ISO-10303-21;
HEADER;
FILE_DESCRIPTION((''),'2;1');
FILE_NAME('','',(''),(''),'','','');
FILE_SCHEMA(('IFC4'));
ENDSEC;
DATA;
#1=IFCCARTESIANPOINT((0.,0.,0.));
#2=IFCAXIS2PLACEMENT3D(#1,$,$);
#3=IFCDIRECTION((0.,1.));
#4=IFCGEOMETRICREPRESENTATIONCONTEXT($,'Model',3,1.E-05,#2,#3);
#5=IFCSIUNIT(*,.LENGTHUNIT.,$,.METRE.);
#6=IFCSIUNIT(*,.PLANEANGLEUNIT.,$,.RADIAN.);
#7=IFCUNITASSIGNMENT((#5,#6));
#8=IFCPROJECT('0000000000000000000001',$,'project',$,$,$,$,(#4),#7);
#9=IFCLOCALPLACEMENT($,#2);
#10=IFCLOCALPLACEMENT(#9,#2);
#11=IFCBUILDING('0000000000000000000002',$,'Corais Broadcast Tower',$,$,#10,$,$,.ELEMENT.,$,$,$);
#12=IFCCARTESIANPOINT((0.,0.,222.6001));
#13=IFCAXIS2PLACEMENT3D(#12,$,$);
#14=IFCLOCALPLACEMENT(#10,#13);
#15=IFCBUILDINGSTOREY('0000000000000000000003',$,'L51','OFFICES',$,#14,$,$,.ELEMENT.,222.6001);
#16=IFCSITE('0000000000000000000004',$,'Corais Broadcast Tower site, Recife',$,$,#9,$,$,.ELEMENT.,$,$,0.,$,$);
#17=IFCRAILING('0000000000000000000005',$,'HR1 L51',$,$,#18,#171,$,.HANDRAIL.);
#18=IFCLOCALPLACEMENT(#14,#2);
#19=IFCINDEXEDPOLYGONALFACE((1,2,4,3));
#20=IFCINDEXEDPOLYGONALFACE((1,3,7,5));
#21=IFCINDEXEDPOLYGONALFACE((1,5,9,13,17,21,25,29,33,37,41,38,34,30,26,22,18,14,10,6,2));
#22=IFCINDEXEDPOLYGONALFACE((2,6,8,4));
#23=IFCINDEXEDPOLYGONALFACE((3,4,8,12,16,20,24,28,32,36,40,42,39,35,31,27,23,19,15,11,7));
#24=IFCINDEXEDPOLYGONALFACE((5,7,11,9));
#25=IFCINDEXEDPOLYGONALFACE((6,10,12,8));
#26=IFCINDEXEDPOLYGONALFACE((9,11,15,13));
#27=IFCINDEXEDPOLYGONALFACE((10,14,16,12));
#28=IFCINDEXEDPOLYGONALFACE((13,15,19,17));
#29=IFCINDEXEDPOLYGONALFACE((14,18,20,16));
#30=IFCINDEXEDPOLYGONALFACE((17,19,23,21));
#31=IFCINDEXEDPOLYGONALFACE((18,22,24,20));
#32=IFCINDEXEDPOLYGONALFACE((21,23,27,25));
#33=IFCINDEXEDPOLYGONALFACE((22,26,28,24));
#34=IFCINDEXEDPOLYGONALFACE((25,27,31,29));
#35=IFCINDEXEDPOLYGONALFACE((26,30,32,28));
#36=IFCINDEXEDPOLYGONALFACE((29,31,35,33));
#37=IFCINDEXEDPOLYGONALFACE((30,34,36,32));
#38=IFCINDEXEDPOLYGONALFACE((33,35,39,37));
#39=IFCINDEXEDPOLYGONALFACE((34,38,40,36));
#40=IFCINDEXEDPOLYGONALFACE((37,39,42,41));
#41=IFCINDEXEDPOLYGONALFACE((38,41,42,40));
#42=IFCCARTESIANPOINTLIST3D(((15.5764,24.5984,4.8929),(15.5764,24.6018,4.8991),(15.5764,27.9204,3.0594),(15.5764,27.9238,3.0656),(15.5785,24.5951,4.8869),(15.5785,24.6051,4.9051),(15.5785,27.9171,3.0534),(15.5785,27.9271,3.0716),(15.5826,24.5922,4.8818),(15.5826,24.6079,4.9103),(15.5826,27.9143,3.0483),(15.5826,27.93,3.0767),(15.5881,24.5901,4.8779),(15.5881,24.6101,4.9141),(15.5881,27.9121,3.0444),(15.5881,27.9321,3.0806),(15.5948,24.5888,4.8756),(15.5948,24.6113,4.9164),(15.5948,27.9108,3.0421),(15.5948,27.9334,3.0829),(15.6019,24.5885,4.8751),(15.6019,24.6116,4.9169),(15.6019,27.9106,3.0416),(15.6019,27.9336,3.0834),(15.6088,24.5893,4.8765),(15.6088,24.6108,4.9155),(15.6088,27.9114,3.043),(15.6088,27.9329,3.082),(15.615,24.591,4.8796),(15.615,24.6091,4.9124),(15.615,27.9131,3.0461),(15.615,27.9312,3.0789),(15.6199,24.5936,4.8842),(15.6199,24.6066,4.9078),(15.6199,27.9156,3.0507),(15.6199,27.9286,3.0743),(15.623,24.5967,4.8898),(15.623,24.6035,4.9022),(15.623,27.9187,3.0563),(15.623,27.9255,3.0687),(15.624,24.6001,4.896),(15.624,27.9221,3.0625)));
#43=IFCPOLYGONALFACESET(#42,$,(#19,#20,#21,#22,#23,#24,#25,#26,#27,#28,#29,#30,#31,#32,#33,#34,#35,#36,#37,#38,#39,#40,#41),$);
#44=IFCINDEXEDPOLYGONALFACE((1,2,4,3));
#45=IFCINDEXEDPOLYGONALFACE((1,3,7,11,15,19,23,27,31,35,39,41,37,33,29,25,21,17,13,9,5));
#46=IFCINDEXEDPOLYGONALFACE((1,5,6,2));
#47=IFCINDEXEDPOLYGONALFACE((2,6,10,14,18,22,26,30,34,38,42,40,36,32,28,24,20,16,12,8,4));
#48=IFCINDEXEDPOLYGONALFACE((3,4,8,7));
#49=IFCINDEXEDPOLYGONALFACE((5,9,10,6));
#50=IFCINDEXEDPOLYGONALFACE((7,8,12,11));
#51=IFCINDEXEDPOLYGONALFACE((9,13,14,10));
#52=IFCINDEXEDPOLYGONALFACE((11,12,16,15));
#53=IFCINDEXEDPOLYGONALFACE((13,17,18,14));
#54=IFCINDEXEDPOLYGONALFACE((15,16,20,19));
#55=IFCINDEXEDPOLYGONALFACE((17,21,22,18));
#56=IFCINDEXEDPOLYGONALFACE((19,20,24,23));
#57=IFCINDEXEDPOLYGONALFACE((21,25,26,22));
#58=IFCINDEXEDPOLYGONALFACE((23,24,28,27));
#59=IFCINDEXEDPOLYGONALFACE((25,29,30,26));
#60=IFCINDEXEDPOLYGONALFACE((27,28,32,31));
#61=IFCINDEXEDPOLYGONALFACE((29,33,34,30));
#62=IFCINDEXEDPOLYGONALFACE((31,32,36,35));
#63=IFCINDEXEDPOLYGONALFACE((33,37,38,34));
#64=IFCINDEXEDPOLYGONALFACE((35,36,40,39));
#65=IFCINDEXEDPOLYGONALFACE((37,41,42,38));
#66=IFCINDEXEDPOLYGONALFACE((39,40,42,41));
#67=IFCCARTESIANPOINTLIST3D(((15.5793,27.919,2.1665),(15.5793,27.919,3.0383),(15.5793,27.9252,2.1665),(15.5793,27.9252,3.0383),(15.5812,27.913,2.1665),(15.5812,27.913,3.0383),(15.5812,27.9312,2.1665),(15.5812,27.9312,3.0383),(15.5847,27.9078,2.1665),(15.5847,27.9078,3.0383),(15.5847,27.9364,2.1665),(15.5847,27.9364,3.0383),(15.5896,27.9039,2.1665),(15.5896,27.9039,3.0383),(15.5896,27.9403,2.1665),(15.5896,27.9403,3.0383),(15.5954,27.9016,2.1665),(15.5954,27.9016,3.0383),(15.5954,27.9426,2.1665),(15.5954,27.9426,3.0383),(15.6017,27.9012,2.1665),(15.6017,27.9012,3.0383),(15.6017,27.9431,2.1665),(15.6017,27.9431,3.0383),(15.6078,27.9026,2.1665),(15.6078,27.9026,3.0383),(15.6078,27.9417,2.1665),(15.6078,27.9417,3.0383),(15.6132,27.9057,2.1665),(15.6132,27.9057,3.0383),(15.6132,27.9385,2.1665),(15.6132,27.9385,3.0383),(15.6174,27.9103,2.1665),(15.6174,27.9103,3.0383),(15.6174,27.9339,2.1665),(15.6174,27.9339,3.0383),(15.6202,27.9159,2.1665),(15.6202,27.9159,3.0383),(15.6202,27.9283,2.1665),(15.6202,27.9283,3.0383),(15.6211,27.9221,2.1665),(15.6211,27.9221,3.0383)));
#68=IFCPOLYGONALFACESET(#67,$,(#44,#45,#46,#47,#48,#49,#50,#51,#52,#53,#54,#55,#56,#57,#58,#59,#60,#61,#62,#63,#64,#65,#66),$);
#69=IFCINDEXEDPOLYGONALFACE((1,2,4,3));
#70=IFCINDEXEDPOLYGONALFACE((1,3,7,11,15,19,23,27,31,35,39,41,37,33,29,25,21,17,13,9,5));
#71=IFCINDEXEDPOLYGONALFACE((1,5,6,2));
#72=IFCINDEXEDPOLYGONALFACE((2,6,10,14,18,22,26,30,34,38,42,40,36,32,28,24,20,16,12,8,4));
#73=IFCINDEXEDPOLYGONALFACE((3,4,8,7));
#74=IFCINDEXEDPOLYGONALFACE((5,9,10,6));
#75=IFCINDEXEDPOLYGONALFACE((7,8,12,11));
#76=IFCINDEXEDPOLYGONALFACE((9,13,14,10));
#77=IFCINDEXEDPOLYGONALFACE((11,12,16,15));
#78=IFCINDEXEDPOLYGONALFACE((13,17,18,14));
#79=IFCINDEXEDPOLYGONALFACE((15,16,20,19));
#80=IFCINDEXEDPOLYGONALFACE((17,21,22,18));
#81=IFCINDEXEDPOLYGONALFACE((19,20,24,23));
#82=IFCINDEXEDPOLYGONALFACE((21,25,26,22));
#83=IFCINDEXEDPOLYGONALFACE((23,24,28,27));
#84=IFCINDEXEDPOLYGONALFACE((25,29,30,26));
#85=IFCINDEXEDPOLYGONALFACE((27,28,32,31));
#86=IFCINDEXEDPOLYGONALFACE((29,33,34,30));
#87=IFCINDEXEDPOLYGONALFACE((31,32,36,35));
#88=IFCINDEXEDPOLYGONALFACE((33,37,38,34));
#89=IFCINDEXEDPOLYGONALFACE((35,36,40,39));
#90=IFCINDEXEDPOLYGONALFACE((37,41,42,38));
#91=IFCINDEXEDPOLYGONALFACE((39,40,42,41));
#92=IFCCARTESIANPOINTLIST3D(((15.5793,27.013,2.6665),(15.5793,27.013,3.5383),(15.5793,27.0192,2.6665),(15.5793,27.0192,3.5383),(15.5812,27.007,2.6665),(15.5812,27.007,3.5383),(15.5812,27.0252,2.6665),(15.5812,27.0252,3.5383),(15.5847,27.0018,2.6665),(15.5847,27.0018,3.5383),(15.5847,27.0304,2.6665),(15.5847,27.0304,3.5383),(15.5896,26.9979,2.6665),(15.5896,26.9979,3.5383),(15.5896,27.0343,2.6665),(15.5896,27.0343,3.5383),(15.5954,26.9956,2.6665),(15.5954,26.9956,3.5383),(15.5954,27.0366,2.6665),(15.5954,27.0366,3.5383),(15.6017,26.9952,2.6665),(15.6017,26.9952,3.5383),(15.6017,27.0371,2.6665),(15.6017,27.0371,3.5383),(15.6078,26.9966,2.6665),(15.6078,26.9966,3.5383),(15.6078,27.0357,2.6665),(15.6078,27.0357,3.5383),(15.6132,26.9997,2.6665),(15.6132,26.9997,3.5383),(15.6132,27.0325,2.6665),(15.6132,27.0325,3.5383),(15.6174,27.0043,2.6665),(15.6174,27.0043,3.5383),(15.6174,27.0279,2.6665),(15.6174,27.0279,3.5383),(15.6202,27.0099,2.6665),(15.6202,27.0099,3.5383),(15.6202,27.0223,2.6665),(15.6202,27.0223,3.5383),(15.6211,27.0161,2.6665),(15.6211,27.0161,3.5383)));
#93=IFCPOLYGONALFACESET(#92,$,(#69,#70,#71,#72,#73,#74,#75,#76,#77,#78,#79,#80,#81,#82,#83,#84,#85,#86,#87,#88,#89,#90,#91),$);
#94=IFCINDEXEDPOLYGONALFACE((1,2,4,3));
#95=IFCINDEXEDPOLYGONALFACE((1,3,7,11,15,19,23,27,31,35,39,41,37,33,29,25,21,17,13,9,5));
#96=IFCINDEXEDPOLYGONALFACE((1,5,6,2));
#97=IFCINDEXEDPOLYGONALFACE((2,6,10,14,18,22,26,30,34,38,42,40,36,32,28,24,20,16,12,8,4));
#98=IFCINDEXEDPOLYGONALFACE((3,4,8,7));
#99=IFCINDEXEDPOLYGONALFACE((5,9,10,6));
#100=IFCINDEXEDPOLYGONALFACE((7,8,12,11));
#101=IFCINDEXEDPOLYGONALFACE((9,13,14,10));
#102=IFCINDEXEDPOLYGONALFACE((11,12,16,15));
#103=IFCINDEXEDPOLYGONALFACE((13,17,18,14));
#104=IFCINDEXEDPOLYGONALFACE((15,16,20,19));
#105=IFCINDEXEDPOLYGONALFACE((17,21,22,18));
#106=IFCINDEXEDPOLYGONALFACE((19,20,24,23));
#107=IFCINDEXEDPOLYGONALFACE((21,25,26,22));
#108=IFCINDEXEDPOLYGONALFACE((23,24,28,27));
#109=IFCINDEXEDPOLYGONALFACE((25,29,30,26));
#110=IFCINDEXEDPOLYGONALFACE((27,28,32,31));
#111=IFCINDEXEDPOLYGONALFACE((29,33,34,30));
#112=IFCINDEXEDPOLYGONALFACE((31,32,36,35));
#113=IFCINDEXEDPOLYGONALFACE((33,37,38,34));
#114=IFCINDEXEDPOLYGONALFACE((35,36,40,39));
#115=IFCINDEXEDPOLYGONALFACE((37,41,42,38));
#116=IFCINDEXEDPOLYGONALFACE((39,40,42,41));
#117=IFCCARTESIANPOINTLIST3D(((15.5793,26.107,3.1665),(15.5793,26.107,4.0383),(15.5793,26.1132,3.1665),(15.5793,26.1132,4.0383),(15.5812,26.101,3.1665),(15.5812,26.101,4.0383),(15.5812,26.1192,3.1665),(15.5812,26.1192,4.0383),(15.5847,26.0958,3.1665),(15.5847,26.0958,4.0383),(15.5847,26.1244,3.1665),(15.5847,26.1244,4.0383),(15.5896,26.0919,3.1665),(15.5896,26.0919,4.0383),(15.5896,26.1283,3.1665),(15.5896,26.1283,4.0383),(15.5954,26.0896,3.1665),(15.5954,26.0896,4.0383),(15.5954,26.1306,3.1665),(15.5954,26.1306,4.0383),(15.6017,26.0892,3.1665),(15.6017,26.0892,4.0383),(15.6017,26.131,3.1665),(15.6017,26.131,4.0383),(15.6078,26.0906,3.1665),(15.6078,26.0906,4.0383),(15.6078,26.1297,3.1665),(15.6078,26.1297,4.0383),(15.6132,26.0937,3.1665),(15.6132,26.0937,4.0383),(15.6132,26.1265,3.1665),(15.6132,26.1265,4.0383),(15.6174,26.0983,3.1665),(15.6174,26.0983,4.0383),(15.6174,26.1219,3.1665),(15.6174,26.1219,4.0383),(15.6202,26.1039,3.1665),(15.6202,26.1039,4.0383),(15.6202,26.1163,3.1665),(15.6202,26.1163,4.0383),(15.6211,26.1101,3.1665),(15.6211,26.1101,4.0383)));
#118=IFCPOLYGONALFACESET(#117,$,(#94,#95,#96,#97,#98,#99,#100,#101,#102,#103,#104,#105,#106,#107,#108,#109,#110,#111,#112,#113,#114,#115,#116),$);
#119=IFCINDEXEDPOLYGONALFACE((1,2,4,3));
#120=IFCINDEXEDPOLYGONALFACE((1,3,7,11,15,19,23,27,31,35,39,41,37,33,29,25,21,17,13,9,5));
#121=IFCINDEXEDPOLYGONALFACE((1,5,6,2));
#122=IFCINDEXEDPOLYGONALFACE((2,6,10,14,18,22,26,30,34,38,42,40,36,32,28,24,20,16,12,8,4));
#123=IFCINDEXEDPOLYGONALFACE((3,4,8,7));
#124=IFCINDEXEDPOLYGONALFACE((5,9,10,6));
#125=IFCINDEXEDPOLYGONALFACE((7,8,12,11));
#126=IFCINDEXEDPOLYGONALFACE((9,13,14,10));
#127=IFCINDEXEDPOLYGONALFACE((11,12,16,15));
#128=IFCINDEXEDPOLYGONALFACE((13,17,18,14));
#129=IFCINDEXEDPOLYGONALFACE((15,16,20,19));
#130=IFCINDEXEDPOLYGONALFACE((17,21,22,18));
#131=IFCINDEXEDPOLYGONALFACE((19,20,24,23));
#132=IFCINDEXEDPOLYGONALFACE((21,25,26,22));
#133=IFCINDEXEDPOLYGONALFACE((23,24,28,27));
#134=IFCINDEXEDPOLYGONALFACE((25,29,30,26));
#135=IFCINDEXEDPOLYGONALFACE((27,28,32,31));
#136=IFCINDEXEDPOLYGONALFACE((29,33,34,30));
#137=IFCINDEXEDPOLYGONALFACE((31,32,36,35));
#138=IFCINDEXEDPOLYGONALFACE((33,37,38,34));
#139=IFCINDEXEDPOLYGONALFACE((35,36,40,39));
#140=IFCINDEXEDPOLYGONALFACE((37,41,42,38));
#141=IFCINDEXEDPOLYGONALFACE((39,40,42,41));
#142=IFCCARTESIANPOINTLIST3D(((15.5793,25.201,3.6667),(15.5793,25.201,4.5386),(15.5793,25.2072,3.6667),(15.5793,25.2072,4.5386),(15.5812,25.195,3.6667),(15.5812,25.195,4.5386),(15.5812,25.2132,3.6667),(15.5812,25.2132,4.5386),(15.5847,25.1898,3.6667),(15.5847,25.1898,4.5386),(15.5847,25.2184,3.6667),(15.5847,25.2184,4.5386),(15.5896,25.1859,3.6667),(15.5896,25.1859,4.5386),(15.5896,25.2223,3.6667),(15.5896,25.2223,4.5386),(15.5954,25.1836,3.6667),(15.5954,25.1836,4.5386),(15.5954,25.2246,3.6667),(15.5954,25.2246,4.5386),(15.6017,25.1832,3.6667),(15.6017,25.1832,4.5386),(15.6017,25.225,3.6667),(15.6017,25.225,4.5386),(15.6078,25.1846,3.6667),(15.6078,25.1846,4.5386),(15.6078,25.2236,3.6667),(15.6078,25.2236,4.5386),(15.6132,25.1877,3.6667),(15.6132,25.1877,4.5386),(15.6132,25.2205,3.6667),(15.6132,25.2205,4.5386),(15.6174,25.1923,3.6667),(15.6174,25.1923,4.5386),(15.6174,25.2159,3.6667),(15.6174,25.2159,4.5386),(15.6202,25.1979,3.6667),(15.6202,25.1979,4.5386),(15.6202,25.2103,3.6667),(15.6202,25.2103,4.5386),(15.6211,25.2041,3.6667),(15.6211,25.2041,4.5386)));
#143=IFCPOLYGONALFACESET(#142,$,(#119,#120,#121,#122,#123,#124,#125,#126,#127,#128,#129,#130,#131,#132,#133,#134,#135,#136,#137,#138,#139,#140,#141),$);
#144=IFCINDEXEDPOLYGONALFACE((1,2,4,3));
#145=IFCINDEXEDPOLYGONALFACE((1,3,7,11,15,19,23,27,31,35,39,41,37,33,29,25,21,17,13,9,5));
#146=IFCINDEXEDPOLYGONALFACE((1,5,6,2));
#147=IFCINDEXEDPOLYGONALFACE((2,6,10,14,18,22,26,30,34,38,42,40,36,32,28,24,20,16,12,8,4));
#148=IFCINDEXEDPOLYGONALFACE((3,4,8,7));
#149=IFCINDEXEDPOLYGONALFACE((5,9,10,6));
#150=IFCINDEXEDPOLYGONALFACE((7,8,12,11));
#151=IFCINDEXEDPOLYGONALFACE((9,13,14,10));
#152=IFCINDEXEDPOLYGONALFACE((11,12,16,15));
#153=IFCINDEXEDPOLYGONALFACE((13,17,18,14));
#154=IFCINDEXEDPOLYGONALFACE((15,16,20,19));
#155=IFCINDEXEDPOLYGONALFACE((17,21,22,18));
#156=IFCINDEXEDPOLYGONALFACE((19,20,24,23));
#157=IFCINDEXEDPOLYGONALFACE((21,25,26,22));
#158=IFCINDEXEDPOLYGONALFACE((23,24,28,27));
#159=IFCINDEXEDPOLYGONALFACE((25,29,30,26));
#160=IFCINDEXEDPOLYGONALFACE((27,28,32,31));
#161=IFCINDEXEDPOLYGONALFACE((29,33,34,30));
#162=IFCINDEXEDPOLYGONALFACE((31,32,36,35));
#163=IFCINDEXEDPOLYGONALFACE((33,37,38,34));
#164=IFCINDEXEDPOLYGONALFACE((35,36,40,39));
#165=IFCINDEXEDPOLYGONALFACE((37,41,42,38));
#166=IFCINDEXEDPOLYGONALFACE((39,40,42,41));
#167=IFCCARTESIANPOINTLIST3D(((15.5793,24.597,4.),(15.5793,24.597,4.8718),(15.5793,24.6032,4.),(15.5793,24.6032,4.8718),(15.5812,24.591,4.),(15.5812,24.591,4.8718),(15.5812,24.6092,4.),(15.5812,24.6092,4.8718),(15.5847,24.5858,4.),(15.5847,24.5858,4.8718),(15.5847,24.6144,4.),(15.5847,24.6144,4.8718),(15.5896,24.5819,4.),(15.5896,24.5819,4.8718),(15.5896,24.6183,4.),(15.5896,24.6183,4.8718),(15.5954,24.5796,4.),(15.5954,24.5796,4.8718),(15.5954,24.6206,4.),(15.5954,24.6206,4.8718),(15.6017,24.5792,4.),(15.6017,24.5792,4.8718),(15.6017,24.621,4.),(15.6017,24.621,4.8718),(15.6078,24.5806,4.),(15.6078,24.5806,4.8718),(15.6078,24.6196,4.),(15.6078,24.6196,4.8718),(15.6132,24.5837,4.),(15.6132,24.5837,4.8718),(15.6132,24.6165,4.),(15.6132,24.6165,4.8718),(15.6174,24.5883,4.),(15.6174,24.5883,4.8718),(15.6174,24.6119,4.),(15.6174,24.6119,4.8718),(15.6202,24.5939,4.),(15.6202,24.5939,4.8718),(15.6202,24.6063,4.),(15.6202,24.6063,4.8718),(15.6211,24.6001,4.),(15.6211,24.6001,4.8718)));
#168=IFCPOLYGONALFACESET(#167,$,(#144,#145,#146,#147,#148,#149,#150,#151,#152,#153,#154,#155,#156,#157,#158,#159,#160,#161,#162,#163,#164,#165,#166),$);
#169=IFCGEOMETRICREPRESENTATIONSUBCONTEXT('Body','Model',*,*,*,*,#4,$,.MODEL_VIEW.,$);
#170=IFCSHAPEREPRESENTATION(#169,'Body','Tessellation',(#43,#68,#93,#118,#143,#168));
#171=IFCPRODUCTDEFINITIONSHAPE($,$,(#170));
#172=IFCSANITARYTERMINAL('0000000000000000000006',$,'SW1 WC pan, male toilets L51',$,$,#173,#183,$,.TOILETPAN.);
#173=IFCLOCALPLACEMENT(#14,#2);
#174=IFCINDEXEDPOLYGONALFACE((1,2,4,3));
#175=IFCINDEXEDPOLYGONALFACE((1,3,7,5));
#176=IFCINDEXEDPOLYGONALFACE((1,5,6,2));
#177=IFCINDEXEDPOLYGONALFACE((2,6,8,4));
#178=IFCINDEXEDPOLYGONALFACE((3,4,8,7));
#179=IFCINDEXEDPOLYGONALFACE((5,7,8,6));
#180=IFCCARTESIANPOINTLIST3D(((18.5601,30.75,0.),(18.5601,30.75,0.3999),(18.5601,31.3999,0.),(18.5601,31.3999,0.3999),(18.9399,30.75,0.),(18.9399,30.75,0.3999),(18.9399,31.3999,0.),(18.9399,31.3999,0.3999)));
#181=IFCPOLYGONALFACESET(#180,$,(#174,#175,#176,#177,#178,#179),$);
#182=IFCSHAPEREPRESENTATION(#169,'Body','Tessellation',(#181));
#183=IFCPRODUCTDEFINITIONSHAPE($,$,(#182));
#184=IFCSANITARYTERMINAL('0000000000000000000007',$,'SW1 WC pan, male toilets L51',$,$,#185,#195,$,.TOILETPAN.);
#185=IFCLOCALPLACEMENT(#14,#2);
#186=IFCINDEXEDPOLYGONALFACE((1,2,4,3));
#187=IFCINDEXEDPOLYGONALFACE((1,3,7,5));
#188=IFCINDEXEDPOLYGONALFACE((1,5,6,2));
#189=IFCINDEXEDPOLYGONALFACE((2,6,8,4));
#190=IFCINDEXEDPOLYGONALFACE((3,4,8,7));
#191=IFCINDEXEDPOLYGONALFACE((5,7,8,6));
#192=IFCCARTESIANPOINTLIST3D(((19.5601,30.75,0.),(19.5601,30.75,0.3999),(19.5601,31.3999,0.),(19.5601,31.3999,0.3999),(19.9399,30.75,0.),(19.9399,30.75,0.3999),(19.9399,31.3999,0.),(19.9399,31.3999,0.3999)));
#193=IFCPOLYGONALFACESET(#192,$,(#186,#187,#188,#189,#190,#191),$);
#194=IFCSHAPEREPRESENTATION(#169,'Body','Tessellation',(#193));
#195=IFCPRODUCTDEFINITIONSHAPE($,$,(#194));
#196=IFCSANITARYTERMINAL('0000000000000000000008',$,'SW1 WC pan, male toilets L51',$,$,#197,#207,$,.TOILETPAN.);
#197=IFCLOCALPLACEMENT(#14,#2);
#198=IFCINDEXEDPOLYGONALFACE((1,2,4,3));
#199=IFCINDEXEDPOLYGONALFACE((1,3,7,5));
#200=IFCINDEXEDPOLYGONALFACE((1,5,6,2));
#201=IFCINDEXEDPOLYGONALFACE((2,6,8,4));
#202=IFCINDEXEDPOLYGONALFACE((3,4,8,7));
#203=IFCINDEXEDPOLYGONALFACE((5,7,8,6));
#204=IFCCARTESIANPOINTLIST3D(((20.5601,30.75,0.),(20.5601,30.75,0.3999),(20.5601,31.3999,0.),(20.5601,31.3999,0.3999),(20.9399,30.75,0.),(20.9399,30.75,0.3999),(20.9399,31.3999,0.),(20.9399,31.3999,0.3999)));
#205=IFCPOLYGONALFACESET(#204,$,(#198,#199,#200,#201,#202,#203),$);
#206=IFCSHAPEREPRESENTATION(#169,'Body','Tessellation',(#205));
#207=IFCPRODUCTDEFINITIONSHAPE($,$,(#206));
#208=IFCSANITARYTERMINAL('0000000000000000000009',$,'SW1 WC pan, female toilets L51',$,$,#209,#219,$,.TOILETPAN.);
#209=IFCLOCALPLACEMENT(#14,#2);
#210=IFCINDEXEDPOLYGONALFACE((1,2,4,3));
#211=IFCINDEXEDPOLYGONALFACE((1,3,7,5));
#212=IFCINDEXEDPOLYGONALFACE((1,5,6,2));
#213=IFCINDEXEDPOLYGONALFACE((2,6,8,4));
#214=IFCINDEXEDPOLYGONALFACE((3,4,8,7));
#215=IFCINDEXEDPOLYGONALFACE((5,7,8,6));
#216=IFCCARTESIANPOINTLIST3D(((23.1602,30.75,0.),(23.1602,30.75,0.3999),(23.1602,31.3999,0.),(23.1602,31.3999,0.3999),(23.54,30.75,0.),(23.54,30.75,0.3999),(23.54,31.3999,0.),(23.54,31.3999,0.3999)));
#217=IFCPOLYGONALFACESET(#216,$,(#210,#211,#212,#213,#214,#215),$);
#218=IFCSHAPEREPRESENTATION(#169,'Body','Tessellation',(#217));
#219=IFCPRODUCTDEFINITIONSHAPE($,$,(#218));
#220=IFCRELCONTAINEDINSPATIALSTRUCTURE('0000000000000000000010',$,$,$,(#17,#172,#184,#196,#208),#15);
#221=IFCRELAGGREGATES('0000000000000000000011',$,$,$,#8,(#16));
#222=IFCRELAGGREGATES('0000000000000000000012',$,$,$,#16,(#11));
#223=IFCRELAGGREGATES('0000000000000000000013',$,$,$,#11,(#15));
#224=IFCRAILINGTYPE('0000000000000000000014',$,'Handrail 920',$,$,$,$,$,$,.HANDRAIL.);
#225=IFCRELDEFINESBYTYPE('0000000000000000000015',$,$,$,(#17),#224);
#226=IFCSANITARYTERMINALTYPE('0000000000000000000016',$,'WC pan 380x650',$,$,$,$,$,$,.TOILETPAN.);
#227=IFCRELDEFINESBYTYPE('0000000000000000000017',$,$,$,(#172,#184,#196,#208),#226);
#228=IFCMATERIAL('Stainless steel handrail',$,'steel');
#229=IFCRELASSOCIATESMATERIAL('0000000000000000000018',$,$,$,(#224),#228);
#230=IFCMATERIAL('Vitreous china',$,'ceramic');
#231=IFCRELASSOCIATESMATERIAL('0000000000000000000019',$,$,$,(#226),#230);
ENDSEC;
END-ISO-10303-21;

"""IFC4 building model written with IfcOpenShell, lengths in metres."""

from ifc_helpers import new_model, si_unit, direction, frame, origin, origin_2d, place, context, subcontext, project, spatial, rectangle, circle, extrude, material, type_object, element, save


model = new_model("IFC4")

# Units and contexts
model_context = context("Model", 3, precision=1e-05, world=origin(), true_north=direction((0.0, 1.0)))
body_context = subcontext(model_context, "Body", "Model", "MODEL_VIEW")
ifc_project = project(units=[si_unit("LENGTHUNIT", "METRE"), si_unit("PLANEANGLEUNIT", "RADIAN")], contexts=[model_context])

# Site, building, storey
site_placement = place(None, origin())
site = spatial("IfcSite", under=ifc_project, at=site_placement, Name="Corais Broadcast Tower site, Recife", CompositionType="ELEMENT", RefElevation=0.0)
building_placement = place(site_placement, origin())
building = spatial("IfcBuilding", under=site, at=building_placement, Name="Corais Broadcast Tower", CompositionType="ELEMENT")
storey_placement = place(building_placement, frame((0.0, 0.0, 222.6001)))
storey = spatial("IfcBuildingStorey", under=building, at=storey_placement, Name="L51", Description="OFFICES", CompositionType="ELEMENT", Elevation=222.6001)

# Railing
ifc_material_1 = material(Name="Stainless steel handrail", Category="steel")
railing_type = type_object("IfcRailingType", Name="Handrail 920", PredefinedType="HANDRAIL", material=ifc_material_1)
for number, where, name in (
    (1, (15.6001, 27.9221, 2.1665), "HR1 L51"),
):
    element("IfcRailing", number, at=place(storey_placement, frame(where)), inside=storey, type_object=railing_type, Name=name, PredefinedType="HANDRAIL", context=body_context, shape_type="SweptSolid", body=[
        extrude(circle(Radius=0.0239, at=origin_2d()), frame((0.0, 0.0, 0.896), z_axis=(0.0, -0.875504, 0.48321), x_axis=(1.0, 0.0, 0.0)), (0.0, 0.0, 1.0), 3.7944),
        extrude(circle(Radius=0.021, at=origin_2d()), origin(), (0.0, 0.0, 1.0), 0.8718),
        extrude(circle(Radius=0.021, at=origin_2d()), frame((0.0, -0.906, 0.5)), (0.0, 0.0, 1.0), 0.8718),
        extrude(circle(Radius=0.021, at=origin_2d()), frame((0.0, -1.812, 1.0)), (0.0, 0.0, 1.0), 0.8718),
        extrude(circle(Radius=0.021, at=origin_2d()), frame((0.0, -2.718, 1.5002)), (0.0, 0.0, 1.0), 0.8718),
        extrude(circle(Radius=0.021, at=origin_2d()), frame((0.0, -3.322, 1.8335)), (0.0, 0.0, 1.0), 0.8718),
    ])

# Sanitary terminals
ifc_material_2 = material(Name="Vitreous china", Category="ceramic")
sanitary_terminal_type_1 = type_object("IfcSanitaryTerminalType", Name="WC pan 380x650", PredefinedType="TOILETPAN", material=ifc_material_2)
for number, where, z_axis, x_axis, name in (
    (2, (18.75, 31.075, 0.0), (0.0, 0.0, 1.0), (1.0, 0.0, 0.0), "SW1 WC pan, male toilets L51"),
    (3, (19.75, 31.075, 0.0), (0.0, 0.0, 1.0), (1.0, 0.0, 0.0), "SW1 WC pan, male toilets L51"),
    (4, (20.75, 31.075, 0.0), (0.0, 0.0, 1.0), (1.0, 0.0, 0.0), "SW1 WC pan, male toilets L51"),
    (5, (23.3501, 31.075, 0.0), (0.0, 0.0, 1.0), (1.0, 0.0, 0.0), "SW1 WC pan, female toilets L51"),
):
    element("IfcSanitaryTerminal", number, at=place(storey_placement, frame(where, z_axis=z_axis, x_axis=x_axis)), inside=storey, type_object=sanitary_terminal_type_1, Name=name, PredefinedType="TOILETPAN", context=body_context, shape_type="SweptSolid", body=[
        extrude(rectangle(XDim=0.3799, YDim=0.6499, at=origin_2d()), origin(), (0.0, 0.0, 1.0), 0.3999),
    ])

save(model, "model.ifc")
